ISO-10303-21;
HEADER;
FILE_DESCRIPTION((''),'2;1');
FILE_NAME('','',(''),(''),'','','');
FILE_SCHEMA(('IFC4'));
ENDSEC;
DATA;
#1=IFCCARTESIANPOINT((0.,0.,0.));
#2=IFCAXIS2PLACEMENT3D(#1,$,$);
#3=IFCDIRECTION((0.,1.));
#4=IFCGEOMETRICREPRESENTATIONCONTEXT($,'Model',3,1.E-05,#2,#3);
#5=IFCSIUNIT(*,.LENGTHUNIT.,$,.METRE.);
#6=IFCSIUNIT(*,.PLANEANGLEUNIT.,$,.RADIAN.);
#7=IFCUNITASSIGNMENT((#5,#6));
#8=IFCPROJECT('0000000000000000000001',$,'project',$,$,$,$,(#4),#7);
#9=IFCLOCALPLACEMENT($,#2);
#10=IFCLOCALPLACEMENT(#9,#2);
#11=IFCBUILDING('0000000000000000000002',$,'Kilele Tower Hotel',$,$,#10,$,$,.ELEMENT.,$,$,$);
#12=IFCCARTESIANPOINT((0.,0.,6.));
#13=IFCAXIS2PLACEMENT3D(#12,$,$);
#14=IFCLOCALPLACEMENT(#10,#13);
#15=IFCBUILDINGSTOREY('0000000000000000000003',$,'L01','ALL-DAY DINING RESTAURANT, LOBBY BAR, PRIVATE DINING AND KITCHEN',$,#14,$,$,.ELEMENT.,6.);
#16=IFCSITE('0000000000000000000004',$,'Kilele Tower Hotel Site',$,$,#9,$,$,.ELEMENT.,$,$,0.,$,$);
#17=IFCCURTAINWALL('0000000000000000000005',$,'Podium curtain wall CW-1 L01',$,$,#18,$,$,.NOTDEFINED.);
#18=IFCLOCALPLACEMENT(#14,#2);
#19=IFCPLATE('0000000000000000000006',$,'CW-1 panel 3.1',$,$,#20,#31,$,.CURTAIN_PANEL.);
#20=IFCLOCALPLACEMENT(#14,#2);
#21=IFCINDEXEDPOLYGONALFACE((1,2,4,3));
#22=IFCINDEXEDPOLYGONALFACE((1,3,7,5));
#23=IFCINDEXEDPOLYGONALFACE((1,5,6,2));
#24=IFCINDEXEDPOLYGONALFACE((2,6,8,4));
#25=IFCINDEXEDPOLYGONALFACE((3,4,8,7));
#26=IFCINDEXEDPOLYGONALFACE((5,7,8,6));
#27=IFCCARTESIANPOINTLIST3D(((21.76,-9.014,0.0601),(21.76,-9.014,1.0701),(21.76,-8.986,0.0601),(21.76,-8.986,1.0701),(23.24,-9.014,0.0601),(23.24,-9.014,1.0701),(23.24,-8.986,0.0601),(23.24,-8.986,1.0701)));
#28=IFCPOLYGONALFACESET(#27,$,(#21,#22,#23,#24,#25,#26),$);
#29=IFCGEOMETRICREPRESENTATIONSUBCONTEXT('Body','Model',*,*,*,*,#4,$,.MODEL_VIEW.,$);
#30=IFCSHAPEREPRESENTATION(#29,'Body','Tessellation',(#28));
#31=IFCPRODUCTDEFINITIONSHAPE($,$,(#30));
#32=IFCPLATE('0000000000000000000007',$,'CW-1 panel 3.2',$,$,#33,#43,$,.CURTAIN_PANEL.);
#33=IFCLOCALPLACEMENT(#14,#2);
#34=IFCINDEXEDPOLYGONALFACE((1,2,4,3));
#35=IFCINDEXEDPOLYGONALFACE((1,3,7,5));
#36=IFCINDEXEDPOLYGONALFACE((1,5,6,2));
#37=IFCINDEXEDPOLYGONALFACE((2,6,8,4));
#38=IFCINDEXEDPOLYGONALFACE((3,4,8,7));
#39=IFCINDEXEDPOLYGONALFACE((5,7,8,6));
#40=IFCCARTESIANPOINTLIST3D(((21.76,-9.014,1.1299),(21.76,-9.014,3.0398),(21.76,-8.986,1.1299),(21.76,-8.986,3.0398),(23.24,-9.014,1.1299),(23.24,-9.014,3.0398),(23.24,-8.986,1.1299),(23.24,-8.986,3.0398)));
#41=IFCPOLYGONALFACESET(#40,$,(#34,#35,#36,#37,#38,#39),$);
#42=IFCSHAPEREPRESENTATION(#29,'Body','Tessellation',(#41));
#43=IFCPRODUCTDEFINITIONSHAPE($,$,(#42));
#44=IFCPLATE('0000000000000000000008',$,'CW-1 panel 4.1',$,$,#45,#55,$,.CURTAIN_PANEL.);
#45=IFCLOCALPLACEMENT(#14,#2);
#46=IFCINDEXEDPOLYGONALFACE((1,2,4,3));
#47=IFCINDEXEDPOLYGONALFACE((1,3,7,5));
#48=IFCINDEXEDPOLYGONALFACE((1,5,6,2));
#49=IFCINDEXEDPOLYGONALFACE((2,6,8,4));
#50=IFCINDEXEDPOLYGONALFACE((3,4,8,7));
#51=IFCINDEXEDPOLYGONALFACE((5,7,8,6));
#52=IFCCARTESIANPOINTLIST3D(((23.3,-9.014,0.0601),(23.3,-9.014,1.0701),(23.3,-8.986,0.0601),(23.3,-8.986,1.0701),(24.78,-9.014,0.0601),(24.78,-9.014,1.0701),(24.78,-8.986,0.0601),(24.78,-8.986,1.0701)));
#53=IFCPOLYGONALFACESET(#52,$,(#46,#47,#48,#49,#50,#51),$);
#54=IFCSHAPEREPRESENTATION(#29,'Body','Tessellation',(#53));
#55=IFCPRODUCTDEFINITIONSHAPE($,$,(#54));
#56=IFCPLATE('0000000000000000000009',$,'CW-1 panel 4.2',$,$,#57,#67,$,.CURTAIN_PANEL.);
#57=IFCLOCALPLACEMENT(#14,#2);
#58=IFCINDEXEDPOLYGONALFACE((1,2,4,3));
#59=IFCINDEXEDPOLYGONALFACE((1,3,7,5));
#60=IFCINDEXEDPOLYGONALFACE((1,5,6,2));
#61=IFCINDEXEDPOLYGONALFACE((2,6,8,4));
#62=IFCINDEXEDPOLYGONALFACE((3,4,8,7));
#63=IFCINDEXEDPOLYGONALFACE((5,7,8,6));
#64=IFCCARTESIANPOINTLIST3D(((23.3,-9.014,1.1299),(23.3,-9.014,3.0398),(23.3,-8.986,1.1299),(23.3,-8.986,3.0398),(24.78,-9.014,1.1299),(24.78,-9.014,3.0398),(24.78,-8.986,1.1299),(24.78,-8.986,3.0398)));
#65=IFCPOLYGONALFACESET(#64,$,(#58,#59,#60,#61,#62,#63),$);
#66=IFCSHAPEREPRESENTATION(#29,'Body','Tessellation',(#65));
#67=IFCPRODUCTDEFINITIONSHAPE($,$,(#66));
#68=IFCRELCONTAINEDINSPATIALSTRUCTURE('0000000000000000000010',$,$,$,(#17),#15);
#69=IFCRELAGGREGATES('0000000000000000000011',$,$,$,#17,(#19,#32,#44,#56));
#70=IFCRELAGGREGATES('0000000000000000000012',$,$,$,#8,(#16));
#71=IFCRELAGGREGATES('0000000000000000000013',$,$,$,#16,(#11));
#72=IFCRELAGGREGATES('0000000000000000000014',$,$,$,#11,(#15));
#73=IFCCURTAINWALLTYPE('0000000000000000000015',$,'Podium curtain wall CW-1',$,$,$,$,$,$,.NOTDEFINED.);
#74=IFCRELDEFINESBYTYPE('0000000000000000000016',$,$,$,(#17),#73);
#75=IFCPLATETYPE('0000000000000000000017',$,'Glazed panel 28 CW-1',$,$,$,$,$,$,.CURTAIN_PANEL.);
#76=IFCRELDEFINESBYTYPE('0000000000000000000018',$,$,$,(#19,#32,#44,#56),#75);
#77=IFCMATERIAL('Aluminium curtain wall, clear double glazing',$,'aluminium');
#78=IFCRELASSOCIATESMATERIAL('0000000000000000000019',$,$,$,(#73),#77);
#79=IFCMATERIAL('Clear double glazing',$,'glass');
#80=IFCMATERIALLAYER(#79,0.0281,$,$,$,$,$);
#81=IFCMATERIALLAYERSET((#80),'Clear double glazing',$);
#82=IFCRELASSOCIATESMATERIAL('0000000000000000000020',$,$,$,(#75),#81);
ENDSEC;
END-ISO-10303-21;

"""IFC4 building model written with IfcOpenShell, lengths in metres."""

from ifc_helpers import new_model, si_unit, direction, frame, origin, origin_2d, place, context, subcontext, project, spatial, rectangle, extrude, material, layer, layer_set, type_object, element, aggregate, save


model = new_model("IFC4")

# Units and contexts
model_context = context("Model", 3, precision=1e-05, world=origin(), true_north=direction((0.0, 1.0)))
body_context = subcontext(model_context, "Body", "Model", "MODEL_VIEW")
ifc_project = project(units=[si_unit("LENGTHUNIT", "METRE"), si_unit("PLANEANGLEUNIT", "RADIAN")], contexts=[model_context])

# Site, building, storey
site_placement = place(None, origin())
site = spatial("IfcSite", under=ifc_project, at=site_placement, Name="Kilele Tower Hotel Site", CompositionType="ELEMENT", RefElevation=0.0)
building_placement = place(site_placement, origin())
building = spatial("IfcBuilding", under=site, at=building_placement, Name="Kilele Tower Hotel", CompositionType="ELEMENT")
storey_placement = place(building_placement, frame((0.0, 0.0, 6.0)))
storey = spatial("IfcBuildingStorey", under=building, at=storey_placement, Name="L01", Description="ALL-DAY DINING RESTAURANT, LOBBY BAR, PRIVATE DINING AND KITCHEN", CompositionType="ELEMENT", Elevation=6.0)

# Shared definitions
ifc_material_1 = material(Name="Aluminium curtain wall, clear double glazing", Category="aluminium")
curtain_wall_type = type_object("IfcCurtainWallType", Name="Podium curtain wall CW-1", PredefinedType="NOTDEFINED", material=ifc_material_1)

# Curtain wall
curtain_wall_1_placement = place(storey_placement, origin())
curtain_wall_1 = element("IfcCurtainWall", 1, at=curtain_wall_1_placement, inside=storey, type_object=curtain_wall_type, Name="Podium curtain wall CW-1 L01", PredefinedType="NOTDEFINED")

# Plates
ifc_material_2 = material(Name="Clear double glazing", Category="glass")
ifc_layer = layer(ifc_material_2, 0.0281)
ifc_layer_set = layer_set([ifc_layer], Name="Clear double glazing")
plate_type = type_object("IfcPlateType", Name="Glazed panel 28 CW-1", PredefinedType="CURTAIN_PANEL", material=ifc_layer_set)
plate_1_placement = place(storey_placement, frame((22.5, -9.0, 0.0601), z_axis=(0.0, 0.0, 1.0), x_axis=(1.0, 0.0, 0.0)))
plate_1 = element("IfcPlate", 2, at=plate_1_placement, type_object=plate_type, Name="CW-1 panel 3.1", PredefinedType="CURTAIN_PANEL", context=body_context, shape_type="SweptSolid", body=[
    extrude(rectangle(XDim=1.48, YDim=0.0281, at=origin_2d()), origin(), (0.0, 0.0, 1.0), 1.01),
])
plate_2_placement = place(storey_placement, frame((22.5, -9.0, 1.1299), z_axis=(0.0, 0.0, 1.0), x_axis=(1.0, 0.0, 0.0)))
plate_2 = element("IfcPlate", 3, at=plate_2_placement, type_object=plate_type, Name="CW-1 panel 3.2", PredefinedType="CURTAIN_PANEL", context=body_context, shape_type="SweptSolid", body=[
    extrude(rectangle(XDim=1.48, YDim=0.0281, at=origin_2d()), origin(), (0.0, 0.0, 1.0), 1.9099),
])
plate_3_placement = place(storey_placement, frame((24.04, -9.0, 0.0601), z_axis=(0.0, 0.0, 1.0), x_axis=(1.0, 0.0, 0.0)))
plate_3 = element("IfcPlate", 4, at=plate_3_placement, type_object=plate_type, Name="CW-1 panel 4.1", PredefinedType="CURTAIN_PANEL", context=body_context, shape_type="SweptSolid", body=[
    extrude(rectangle(XDim=1.48, YDim=0.0281, at=origin_2d()), origin(), (0.0, 0.0, 1.0), 1.01),
])
plate_4_placement = place(storey_placement, frame((24.04, -9.0, 1.1299), z_axis=(0.0, 0.0, 1.0), x_axis=(1.0, 0.0, 0.0)))
plate_4 = element("IfcPlate", 5, at=plate_4_placement, type_object=plate_type, Name="CW-1 panel 4.2", PredefinedType="CURTAIN_PANEL", context=body_context, shape_type="SweptSolid", body=[
    extrude(rectangle(XDim=1.48, YDim=0.0281, at=origin_2d()), origin(), (0.0, 0.0, 1.0), 1.9099),
])
aggregate(curtain_wall_1, [plate_1, plate_2, plate_3, plate_4])

save(model, "model.ifc")
